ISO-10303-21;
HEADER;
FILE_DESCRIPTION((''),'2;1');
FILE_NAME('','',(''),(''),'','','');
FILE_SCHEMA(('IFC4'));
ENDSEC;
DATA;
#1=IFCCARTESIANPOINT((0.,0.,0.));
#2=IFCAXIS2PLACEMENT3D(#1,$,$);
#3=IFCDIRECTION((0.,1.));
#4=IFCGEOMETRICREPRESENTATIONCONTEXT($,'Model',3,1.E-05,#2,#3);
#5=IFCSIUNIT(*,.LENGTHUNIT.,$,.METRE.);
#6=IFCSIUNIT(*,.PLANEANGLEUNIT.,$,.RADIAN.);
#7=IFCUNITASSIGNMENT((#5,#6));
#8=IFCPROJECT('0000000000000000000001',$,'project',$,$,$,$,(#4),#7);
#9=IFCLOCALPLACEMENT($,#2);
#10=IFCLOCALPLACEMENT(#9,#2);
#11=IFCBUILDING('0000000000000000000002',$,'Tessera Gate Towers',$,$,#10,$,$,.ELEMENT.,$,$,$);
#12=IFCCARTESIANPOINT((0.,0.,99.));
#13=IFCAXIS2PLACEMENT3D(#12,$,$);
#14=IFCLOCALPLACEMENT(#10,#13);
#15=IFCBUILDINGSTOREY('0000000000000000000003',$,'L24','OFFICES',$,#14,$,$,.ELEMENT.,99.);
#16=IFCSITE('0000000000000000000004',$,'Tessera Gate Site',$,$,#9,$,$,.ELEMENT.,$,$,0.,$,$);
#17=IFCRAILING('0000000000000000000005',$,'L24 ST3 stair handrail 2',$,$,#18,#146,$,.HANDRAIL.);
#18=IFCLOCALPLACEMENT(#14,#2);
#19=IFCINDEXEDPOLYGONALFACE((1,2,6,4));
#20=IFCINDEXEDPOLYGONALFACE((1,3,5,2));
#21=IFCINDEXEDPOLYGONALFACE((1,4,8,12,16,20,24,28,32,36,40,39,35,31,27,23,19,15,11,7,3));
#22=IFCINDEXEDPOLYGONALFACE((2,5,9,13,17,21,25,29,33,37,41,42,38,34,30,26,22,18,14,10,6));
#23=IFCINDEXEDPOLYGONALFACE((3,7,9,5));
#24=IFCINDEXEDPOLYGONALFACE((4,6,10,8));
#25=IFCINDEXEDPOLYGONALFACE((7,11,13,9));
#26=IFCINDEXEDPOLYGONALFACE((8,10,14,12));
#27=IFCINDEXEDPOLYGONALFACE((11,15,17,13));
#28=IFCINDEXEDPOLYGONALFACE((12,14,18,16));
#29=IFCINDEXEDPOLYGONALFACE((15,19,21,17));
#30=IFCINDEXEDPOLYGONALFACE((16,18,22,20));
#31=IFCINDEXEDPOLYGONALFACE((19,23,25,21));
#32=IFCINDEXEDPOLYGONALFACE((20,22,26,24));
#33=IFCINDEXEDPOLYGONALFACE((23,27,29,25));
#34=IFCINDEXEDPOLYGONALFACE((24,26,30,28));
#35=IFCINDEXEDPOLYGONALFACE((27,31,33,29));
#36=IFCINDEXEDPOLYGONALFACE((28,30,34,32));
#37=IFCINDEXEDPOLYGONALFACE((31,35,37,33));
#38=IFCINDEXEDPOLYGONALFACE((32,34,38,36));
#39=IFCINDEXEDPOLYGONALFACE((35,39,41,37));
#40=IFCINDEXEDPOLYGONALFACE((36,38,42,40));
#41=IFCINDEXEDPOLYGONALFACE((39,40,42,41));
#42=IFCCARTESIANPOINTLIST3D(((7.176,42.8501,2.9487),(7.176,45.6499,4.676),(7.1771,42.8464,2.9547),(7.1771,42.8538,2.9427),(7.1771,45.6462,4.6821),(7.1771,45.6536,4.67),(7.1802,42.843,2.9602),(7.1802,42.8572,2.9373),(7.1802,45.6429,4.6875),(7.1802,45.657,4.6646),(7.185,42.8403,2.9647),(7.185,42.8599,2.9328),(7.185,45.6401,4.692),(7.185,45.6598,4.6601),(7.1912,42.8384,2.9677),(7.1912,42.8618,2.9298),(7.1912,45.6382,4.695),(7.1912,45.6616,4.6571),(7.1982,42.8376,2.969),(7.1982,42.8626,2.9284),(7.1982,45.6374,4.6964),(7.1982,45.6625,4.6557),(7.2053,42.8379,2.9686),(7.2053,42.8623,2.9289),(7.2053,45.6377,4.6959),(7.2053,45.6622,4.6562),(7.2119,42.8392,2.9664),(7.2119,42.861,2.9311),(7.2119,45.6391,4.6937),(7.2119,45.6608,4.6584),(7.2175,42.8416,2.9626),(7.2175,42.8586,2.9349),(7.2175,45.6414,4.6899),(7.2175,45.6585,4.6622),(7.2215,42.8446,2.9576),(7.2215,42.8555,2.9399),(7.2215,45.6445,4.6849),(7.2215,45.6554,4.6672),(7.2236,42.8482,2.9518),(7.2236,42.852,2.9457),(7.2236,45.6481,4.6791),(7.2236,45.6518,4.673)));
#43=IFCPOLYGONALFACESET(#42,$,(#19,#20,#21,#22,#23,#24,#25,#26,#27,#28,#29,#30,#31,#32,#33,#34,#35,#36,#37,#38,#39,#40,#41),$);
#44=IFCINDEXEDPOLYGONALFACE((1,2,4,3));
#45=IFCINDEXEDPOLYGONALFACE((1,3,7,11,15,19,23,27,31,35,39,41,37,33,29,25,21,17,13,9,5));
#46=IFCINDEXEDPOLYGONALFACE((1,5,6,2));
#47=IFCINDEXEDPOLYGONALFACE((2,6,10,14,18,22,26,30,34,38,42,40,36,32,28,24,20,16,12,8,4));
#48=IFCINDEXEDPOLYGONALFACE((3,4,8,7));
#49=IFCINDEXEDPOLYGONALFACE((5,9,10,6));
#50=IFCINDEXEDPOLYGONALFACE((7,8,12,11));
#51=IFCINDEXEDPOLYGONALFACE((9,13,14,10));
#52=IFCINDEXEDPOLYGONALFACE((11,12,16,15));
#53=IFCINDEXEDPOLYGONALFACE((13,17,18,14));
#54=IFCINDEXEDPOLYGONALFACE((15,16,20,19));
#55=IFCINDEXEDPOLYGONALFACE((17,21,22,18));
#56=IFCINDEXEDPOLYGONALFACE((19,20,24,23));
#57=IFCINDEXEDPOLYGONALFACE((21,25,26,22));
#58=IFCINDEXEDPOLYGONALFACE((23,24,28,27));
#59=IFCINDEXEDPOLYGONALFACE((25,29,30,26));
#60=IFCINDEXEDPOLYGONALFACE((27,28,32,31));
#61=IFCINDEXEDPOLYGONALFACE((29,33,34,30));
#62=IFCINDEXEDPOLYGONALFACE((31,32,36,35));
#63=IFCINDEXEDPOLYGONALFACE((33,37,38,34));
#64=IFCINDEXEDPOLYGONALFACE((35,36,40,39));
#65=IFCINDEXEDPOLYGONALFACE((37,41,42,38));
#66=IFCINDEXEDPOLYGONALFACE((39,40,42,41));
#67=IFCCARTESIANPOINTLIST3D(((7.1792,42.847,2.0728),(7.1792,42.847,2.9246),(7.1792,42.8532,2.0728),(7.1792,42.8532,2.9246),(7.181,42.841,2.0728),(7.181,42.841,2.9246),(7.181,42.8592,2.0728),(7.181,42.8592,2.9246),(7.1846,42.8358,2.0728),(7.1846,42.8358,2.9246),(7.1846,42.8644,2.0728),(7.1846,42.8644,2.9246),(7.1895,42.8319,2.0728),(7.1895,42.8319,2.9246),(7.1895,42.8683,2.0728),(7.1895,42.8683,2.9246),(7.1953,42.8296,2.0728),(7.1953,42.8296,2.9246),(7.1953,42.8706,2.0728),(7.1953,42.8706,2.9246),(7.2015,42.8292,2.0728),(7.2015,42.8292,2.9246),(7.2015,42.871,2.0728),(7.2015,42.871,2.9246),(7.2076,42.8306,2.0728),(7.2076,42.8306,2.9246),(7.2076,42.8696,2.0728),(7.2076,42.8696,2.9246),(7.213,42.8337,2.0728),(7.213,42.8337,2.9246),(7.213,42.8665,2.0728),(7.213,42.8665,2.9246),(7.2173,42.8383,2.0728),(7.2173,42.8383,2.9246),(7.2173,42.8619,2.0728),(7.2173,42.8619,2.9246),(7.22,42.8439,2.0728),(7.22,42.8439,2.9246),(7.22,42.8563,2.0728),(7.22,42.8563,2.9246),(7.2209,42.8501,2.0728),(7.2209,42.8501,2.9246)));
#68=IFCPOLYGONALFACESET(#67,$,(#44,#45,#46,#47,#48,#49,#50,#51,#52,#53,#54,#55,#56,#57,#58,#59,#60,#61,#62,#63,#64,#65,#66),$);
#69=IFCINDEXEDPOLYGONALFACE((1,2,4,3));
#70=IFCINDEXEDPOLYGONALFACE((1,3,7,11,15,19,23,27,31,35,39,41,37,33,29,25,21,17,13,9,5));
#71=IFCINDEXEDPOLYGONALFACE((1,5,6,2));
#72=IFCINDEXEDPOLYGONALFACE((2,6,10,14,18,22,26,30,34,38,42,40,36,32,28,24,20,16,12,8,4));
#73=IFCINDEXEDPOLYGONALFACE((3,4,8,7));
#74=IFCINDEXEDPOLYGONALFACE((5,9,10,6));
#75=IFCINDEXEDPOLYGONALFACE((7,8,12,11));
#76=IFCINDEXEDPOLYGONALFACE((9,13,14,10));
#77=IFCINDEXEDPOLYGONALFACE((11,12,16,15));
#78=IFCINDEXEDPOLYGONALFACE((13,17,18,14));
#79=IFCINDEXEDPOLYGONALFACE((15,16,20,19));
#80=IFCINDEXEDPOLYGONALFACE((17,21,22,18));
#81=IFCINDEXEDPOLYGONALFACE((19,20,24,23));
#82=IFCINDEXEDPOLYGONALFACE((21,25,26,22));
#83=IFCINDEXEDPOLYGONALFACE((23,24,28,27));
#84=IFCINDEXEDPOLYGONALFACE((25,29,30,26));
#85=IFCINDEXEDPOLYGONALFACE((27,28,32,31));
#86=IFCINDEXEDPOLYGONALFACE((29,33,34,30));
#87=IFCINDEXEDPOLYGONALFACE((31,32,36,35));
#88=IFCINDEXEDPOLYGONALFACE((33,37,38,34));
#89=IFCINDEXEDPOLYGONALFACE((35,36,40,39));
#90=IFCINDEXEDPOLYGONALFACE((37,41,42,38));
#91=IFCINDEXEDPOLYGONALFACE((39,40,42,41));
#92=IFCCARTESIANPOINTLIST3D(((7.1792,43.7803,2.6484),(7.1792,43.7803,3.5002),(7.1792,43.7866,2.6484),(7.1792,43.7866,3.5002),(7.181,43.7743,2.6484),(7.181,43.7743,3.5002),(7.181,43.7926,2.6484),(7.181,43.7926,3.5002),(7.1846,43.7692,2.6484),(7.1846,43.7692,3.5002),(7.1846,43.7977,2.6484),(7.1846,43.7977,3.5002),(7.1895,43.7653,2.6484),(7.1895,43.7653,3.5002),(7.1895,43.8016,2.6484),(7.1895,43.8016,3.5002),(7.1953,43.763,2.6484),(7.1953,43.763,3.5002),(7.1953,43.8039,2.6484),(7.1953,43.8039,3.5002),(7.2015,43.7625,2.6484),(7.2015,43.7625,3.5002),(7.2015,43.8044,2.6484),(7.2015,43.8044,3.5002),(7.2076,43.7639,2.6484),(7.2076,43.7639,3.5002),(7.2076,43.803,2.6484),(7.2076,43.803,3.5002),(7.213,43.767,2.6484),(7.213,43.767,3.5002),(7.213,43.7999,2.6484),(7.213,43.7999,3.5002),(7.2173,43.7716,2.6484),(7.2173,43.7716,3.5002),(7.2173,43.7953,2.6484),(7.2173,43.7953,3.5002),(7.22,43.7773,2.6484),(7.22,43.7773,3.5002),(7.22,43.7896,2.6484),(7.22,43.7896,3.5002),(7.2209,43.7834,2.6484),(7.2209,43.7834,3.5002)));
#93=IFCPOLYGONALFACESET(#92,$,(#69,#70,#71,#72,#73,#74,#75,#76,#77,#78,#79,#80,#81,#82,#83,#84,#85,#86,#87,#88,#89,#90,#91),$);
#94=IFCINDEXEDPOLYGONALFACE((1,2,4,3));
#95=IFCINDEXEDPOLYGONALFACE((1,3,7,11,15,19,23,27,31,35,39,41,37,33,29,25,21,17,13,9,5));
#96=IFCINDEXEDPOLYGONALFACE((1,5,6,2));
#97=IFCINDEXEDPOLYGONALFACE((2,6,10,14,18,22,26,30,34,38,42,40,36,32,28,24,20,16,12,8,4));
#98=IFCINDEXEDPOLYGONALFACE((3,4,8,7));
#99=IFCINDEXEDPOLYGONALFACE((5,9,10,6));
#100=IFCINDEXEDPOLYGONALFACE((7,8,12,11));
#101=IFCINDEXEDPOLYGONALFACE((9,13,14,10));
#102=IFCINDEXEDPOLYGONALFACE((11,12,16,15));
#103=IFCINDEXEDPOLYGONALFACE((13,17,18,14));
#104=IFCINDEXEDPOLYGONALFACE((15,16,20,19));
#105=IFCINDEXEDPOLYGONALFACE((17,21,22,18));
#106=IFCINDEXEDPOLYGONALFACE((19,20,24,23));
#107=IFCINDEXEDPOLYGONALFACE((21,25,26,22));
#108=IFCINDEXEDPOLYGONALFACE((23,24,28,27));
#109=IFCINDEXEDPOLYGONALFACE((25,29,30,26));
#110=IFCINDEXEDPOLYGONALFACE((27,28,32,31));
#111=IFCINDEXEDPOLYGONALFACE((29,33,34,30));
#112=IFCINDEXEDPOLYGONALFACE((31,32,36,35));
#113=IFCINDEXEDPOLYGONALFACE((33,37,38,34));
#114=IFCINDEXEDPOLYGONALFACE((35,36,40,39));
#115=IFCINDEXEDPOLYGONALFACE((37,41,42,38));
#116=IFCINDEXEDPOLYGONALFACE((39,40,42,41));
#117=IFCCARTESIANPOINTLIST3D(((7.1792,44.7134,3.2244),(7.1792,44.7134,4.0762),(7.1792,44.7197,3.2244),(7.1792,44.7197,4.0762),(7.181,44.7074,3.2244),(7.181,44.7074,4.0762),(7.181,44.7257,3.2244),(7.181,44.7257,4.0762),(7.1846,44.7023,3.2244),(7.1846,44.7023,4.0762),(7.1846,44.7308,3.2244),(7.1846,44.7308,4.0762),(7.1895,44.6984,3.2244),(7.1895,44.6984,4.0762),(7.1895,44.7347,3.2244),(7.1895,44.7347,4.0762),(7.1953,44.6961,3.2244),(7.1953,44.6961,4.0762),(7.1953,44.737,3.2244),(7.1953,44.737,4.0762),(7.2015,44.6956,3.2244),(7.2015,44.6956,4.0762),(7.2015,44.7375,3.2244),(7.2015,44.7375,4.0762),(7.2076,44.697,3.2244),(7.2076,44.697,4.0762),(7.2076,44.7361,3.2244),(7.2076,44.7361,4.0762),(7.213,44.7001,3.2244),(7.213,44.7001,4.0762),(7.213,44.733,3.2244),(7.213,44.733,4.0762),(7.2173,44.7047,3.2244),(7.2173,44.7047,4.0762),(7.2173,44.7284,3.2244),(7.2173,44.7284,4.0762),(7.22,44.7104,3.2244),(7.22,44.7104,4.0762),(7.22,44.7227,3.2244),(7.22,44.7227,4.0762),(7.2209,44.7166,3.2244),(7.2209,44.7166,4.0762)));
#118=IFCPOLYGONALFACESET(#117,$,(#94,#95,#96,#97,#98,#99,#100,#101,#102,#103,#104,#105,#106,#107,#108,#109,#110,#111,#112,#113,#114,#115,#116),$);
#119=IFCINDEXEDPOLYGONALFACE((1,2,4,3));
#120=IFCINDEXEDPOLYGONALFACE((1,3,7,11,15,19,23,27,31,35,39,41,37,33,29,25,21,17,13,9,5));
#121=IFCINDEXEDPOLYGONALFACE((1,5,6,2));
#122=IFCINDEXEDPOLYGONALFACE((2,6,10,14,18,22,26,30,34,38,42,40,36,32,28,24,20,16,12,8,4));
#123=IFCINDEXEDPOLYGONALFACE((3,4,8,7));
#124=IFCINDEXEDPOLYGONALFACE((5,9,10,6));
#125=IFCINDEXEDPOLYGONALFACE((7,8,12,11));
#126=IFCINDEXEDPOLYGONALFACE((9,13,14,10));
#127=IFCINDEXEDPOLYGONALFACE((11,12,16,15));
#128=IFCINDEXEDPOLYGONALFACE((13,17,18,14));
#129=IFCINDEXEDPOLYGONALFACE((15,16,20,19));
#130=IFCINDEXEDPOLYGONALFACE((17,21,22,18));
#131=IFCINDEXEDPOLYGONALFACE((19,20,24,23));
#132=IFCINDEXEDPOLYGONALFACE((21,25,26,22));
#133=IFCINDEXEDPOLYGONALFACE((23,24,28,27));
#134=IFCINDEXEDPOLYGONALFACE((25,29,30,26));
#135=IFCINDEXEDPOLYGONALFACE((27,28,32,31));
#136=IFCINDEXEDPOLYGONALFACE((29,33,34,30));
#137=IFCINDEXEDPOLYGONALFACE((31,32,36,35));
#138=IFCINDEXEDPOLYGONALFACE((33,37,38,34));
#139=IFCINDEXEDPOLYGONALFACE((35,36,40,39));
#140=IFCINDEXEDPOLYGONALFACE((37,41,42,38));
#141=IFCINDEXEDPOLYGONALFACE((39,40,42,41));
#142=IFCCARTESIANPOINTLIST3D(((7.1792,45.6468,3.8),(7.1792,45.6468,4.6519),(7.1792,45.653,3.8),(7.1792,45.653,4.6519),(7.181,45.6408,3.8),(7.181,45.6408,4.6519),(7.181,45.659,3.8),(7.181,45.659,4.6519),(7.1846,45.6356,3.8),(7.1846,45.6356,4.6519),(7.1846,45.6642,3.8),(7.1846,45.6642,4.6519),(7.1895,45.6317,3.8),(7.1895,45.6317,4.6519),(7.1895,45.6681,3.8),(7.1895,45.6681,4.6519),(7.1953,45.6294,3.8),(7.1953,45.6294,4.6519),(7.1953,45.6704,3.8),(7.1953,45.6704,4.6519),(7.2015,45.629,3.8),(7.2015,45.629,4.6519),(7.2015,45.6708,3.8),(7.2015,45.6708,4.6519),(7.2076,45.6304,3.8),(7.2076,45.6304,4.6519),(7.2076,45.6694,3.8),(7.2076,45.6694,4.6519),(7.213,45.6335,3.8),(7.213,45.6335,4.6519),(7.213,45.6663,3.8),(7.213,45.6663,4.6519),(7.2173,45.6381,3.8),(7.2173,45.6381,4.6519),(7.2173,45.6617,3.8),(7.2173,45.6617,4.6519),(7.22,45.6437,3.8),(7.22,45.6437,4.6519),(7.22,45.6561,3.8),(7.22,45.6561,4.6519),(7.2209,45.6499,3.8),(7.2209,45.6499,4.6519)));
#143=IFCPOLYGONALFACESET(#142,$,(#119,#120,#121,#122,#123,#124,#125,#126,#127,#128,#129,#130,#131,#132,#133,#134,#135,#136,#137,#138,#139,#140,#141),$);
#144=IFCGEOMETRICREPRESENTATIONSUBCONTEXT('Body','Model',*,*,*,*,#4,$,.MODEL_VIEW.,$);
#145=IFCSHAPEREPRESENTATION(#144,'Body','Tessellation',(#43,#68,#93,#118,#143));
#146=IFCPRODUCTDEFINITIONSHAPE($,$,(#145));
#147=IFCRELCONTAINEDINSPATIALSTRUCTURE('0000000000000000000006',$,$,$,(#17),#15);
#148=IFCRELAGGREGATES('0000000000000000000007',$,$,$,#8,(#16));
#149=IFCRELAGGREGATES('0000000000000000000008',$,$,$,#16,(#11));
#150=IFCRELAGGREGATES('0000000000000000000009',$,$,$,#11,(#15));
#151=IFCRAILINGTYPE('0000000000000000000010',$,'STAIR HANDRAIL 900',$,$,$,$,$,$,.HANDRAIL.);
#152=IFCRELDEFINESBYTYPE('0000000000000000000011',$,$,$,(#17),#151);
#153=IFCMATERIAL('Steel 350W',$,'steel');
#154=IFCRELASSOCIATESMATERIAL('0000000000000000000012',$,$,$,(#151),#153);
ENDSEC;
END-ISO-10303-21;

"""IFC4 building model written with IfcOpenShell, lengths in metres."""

from ifc_helpers import new_model, si_unit, direction, frame, origin, origin_2d, place, context, subcontext, project, spatial, circle, extrude, material, type_object, element, save


model = new_model("IFC4")

# Units and contexts
model_context = context("Model", 3, precision=1e-05, world=origin(), true_north=direction((0.0, 1.0)))
body_context = subcontext(model_context, "Body", "Model", "MODEL_VIEW")
ifc_project = project(units=[si_unit("LENGTHUNIT", "METRE"), si_unit("PLANEANGLEUNIT", "RADIAN")], contexts=[model_context])

# Site, building, storey
site_placement = place(None, origin())
site = spatial("IfcSite", under=ifc_project, at=site_placement, Name="Tessera Gate Site", CompositionType="ELEMENT", RefElevation=0.0)
building_placement = place(site_placement, origin())
building = spatial("IfcBuilding", under=site, at=building_placement, Name="Tessera Gate Towers", CompositionType="ELEMENT")
storey_placement = place(building_placement, frame((0.0, 0.0, 99.0)))
storey = spatial("IfcBuildingStorey", under=building, at=storey_placement, Name="L24", Description="OFFICES", CompositionType="ELEMENT", Elevation=99.0)

# Railing
ifc_material_1 = material(Name="Steel 350W", Category="steel")
railing_type_1 = type_object("IfcRailingType", Name="STAIR HANDRAIL 900", PredefinedType="HANDRAIL", material=ifc_material_1)
railing_1_placement = place(storey_placement, frame((7.2, 42.8501, 2.0728)))
element("IfcRailing", 1, at=railing_1_placement, inside=storey, type_object=railing_type_1, Name="L24 ST3 stair handrail 2", PredefinedType="HANDRAIL", context=body_context, shape_type="SweptSolid", body=[
    extrude(circle(Radius=0.0239, at=origin_2d()), frame((0.0, 0.0, 0.876), z_axis=(0.0, 0.851069, 0.525054), x_axis=(-1.0, 0.0, 0.0)), (0.0, 0.0, 1.0), 3.2898),
    extrude(circle(Radius=0.021, at=origin_2d()), origin(), (0.0, 0.0, 1.0), 0.8518),
    extrude(circle(Radius=0.021, at=origin_2d()), frame((0.0, 0.9333, 0.5757)), (0.0, 0.0, 1.0), 0.8518),
    extrude(circle(Radius=0.021, at=origin_2d()), frame((0.0, 1.8665, 1.1516)), (0.0, 0.0, 1.0), 0.8518),
    extrude(circle(Radius=0.021, at=origin_2d()), frame((0.0, 2.7998, 1.7273)), (0.0, 0.0, 1.0), 0.8518),
])

save(model, "model.ifc")
